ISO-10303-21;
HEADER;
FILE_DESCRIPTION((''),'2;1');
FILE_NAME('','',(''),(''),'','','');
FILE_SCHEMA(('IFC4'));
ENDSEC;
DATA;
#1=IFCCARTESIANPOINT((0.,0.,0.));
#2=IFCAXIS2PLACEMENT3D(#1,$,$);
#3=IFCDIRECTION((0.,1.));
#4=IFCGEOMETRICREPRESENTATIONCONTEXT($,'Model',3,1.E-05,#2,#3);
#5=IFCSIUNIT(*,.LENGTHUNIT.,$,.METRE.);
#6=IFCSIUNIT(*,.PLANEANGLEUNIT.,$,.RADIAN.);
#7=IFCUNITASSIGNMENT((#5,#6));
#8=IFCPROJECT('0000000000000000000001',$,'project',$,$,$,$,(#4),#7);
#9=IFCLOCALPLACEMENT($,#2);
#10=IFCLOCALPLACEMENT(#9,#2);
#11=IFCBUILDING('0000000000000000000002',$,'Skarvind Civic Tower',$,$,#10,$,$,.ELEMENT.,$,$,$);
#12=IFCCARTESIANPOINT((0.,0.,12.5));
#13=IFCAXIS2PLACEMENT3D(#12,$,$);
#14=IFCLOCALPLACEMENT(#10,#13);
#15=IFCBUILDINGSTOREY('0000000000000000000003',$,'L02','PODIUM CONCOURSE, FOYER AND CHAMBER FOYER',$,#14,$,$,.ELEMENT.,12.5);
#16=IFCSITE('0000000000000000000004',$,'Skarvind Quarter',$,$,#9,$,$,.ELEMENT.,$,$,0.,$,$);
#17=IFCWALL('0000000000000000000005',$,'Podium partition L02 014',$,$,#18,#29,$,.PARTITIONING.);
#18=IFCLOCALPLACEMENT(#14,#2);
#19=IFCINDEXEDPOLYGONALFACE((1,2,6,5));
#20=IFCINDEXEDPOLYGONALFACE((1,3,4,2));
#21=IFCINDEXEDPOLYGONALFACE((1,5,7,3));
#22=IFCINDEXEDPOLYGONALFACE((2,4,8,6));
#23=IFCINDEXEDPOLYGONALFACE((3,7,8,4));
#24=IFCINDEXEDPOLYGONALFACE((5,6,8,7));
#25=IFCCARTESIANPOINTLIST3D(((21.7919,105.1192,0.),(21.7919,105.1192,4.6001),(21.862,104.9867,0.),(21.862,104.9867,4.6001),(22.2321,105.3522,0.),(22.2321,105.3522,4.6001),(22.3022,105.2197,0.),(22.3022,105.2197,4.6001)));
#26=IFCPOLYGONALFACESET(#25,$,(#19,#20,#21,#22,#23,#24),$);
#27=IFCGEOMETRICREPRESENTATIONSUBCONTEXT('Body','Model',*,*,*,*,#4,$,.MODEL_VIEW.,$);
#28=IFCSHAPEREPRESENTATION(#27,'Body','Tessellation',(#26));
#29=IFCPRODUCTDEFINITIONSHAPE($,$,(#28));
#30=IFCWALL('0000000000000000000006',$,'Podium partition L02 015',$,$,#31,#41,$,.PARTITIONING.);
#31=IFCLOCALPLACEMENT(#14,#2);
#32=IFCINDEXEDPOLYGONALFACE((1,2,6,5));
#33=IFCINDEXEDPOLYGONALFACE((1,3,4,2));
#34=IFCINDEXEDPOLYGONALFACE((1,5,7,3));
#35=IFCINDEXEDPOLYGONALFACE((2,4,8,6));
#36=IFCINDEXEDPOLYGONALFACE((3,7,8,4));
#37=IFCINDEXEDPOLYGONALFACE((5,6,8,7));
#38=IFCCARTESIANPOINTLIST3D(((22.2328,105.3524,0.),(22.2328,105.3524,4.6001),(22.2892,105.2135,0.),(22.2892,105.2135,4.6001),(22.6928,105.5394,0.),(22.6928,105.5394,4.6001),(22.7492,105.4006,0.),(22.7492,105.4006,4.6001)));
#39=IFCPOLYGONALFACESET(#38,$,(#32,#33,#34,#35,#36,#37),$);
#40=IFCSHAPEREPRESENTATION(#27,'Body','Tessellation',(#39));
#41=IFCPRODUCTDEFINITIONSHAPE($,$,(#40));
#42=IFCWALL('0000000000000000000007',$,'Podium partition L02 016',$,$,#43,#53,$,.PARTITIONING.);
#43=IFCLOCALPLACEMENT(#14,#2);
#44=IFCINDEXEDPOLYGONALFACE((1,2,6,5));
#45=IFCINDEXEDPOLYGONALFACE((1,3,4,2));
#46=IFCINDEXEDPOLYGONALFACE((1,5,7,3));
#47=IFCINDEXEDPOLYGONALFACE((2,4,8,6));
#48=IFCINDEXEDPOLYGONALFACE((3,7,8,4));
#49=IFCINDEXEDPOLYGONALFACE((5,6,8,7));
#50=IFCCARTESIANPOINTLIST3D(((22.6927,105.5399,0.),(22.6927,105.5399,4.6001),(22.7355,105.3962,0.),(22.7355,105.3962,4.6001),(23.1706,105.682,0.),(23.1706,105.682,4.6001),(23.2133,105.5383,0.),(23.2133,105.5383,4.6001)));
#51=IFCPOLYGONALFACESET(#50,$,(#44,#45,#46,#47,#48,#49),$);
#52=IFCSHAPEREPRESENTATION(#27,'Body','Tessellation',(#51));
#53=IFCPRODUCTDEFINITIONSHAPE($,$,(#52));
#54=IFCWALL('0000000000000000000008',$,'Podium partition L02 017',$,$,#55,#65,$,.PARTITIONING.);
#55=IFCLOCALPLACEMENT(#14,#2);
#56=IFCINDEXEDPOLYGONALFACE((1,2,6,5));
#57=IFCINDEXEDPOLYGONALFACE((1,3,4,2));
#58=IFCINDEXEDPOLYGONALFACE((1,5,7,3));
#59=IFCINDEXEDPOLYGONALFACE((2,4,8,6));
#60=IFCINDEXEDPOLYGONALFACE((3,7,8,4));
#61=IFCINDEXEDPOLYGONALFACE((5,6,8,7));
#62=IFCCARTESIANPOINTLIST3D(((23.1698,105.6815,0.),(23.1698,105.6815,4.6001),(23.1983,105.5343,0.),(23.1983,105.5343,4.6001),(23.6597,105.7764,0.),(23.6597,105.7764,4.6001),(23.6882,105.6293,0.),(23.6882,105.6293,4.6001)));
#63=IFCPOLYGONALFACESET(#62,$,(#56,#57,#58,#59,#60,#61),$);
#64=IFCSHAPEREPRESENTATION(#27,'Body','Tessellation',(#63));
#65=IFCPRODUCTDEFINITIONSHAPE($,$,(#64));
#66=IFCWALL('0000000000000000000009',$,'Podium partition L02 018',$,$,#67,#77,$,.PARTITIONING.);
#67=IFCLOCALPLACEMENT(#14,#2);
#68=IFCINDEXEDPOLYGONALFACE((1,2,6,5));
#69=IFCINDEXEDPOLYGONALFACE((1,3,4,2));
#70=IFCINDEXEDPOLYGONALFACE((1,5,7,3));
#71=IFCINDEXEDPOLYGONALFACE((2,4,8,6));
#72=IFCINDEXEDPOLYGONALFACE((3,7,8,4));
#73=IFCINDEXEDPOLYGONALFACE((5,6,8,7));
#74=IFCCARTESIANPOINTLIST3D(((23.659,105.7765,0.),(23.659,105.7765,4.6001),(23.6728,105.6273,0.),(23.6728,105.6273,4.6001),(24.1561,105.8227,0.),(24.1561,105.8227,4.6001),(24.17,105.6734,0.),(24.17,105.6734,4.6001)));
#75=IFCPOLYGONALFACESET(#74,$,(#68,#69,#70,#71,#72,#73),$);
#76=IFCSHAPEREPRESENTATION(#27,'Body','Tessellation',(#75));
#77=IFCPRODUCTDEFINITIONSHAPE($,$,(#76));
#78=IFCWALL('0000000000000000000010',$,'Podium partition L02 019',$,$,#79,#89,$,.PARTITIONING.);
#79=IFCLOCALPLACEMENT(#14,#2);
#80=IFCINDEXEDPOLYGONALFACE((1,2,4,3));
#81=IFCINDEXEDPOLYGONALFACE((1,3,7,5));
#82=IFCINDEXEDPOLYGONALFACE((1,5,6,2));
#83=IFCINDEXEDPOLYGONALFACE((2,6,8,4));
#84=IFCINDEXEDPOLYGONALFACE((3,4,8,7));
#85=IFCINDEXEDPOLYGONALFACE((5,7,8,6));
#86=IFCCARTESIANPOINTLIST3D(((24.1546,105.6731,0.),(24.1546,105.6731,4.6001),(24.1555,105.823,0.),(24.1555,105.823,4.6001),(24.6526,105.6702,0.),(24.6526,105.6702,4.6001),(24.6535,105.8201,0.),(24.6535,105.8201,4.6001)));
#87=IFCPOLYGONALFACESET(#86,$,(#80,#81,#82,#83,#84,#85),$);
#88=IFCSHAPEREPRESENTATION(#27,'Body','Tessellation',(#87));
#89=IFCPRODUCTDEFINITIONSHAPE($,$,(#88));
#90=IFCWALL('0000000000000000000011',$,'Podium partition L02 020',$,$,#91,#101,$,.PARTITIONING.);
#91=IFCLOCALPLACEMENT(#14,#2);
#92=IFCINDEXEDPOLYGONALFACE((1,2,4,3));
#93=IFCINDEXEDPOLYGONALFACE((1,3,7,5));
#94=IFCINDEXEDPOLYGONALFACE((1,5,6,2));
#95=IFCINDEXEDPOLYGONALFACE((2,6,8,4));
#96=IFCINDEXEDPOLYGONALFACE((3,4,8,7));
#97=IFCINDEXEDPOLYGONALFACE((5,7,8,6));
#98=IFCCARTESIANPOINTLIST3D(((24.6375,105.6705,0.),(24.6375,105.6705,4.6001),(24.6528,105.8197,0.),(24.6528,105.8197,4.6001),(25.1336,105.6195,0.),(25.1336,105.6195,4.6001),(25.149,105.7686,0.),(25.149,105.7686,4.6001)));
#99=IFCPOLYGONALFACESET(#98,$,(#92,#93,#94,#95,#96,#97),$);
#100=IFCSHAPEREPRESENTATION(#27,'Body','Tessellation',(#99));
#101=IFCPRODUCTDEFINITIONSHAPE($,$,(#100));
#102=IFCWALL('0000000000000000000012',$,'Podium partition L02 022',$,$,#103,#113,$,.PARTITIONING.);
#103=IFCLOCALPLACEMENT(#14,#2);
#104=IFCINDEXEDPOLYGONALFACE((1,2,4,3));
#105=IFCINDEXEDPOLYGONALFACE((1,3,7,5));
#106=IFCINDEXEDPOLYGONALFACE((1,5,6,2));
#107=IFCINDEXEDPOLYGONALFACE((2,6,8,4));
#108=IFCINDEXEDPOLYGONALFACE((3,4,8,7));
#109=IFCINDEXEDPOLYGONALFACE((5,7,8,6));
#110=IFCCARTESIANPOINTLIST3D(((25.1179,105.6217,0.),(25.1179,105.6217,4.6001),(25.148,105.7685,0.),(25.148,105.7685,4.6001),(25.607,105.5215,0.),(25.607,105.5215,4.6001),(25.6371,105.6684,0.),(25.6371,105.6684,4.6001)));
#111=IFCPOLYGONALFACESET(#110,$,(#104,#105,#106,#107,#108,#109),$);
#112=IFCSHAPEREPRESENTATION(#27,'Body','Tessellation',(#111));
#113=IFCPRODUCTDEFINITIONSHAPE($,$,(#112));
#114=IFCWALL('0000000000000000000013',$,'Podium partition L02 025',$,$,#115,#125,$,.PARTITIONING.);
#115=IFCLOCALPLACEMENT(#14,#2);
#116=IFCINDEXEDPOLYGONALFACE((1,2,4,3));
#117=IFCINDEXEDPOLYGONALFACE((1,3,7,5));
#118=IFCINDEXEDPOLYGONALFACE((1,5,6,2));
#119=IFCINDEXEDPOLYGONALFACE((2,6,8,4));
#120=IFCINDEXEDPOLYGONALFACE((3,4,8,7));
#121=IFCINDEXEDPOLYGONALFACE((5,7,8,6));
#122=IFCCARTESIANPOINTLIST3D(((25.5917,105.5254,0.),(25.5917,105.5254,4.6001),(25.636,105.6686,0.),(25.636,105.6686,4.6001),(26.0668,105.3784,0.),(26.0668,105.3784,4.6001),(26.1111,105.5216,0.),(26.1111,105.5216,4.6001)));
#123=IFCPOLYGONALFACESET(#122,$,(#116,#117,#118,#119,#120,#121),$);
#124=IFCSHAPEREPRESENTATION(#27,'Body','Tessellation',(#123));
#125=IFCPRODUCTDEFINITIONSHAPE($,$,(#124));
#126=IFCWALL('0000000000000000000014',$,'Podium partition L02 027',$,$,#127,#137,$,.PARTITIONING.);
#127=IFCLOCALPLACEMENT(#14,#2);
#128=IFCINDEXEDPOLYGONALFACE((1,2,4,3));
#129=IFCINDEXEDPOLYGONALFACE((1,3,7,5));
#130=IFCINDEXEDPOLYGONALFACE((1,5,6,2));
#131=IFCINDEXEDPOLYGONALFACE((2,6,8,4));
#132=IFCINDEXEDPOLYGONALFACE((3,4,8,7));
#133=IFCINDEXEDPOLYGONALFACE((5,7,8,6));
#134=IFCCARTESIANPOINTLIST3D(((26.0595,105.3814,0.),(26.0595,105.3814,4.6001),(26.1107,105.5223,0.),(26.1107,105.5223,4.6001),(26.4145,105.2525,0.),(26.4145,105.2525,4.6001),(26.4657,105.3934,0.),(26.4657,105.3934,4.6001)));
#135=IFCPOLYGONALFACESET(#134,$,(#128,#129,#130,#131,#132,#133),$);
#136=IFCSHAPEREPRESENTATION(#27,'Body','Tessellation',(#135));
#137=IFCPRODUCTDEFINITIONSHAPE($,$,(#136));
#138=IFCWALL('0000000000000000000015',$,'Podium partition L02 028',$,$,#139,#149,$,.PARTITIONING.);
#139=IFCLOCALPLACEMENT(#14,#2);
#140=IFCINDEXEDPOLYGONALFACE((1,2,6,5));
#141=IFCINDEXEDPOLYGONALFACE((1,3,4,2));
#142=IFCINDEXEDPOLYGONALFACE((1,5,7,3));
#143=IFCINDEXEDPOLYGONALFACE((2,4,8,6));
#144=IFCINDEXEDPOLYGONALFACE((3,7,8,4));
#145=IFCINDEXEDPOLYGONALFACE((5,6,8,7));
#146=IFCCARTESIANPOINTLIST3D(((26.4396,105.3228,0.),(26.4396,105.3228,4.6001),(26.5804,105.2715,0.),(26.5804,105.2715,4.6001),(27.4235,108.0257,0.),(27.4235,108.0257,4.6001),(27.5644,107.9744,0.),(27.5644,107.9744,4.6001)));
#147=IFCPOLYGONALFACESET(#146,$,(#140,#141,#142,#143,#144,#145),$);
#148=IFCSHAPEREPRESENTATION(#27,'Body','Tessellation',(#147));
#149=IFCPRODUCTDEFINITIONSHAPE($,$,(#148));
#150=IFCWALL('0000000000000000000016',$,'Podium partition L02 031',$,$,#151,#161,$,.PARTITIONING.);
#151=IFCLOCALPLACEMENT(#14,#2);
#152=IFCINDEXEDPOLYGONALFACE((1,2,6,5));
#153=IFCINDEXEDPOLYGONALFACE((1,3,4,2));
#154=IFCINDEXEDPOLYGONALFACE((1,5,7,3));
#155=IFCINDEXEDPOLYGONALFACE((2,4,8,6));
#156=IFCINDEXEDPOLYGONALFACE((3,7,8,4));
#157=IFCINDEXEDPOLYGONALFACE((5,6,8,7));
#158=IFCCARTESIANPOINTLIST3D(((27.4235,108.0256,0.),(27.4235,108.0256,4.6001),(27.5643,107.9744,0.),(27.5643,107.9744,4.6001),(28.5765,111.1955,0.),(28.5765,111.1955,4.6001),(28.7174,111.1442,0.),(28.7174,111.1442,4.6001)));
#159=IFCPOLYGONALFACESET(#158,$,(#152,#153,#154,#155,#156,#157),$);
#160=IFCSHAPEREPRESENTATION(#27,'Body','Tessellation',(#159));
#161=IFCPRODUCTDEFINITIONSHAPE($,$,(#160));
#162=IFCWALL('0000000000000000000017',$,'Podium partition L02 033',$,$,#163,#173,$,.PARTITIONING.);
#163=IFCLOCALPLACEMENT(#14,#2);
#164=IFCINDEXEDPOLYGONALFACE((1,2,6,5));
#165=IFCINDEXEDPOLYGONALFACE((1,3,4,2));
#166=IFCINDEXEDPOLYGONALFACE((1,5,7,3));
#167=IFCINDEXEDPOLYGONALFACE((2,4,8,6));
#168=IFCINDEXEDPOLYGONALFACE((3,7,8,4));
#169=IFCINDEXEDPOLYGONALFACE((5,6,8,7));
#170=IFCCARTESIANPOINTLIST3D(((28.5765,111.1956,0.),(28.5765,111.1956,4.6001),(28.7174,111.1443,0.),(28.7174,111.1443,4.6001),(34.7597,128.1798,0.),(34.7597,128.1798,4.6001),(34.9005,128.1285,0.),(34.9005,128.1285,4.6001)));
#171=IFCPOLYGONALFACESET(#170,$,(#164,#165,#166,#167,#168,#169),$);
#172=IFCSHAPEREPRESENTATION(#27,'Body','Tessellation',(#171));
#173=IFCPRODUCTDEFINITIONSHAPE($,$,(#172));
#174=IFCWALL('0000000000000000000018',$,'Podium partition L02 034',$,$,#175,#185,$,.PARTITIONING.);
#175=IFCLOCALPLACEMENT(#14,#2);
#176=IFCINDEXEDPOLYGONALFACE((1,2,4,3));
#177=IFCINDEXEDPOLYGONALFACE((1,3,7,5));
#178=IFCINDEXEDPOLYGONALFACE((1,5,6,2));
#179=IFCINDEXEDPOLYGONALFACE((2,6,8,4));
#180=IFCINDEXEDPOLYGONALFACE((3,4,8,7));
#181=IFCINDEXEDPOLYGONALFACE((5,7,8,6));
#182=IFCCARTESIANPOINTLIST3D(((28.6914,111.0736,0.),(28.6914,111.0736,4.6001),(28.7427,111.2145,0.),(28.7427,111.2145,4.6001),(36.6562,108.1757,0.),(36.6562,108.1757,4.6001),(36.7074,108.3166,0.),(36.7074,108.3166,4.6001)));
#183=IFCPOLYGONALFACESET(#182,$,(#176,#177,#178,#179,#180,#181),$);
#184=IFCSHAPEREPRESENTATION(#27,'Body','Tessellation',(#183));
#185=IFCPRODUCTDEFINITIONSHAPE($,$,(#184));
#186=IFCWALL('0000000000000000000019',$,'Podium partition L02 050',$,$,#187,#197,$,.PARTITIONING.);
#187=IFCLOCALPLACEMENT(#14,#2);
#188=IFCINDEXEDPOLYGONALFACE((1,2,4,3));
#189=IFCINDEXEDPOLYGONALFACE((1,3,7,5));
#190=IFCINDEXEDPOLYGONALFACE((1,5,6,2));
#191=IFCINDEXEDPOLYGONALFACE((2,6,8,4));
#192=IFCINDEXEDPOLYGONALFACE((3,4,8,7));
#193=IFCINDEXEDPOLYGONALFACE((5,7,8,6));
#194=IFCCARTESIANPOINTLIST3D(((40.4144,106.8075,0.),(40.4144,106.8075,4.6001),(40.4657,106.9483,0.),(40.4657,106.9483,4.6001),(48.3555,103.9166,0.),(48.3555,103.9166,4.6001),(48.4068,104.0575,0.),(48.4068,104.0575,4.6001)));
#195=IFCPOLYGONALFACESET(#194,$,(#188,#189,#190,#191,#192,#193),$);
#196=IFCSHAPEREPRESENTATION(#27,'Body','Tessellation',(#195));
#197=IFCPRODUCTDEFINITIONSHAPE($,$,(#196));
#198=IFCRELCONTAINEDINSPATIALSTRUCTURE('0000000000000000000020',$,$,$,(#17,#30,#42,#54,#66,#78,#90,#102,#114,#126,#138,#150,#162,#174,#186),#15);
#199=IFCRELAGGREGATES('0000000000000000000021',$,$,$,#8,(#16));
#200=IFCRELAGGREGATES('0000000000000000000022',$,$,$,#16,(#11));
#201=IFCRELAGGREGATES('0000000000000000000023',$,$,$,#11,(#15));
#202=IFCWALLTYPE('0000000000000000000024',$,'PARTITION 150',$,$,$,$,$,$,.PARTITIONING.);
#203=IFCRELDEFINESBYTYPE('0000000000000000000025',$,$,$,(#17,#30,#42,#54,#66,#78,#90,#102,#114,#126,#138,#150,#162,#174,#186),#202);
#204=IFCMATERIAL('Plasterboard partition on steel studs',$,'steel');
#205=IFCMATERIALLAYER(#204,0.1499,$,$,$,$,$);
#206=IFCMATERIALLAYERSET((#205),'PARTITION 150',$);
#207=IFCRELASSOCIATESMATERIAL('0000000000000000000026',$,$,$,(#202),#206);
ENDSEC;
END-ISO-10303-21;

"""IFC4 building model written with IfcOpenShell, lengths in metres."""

from ifc_helpers import new_model, si_unit, direction, frame, frame_2d, origin, place, context, subcontext, project, spatial, rectangle, extrude, material, layer, layer_set, type_object, element, save


model = new_model("IFC4")

# Units and contexts
model_context = context("Model", 3, precision=1e-05, world=origin(), true_north=direction((0.0, 1.0)))
body_context = subcontext(model_context, "Body", "Model", "MODEL_VIEW")
ifc_project = project(units=[si_unit("LENGTHUNIT", "METRE"), si_unit("PLANEANGLEUNIT", "RADIAN")], contexts=[model_context])

# Site, building, storey
site_placement = place(None, origin())
site = spatial("IfcSite", under=ifc_project, at=site_placement, Name="Skarvind Quarter", CompositionType="ELEMENT", RefElevation=0.0)
building_placement = place(site_placement, origin())
building = spatial("IfcBuilding", under=site, at=building_placement, Name="Skarvind Civic Tower", CompositionType="ELEMENT")
storey_placement = place(building_placement, frame((0.0, 0.0, 12.5)))
storey = spatial("IfcBuildingStorey", under=building, at=storey_placement, Name="L02", Description="PODIUM CONCOURSE, FOYER AND CHAMBER FOYER", CompositionType="ELEMENT", Elevation=12.5)

# Walls
ifc_material_1 = material(Name="Plasterboard partition on steel studs", Category="steel")
ifc_layer_1 = layer(ifc_material_1, 0.1499)
ifc_layer_set_1 = layer_set([ifc_layer_1], Name="PARTITION 150")
wall_type_1 = type_object("IfcWallType", Name="PARTITION 150", PredefinedType="PARTITIONING", material=ifc_layer_set_1)
for number, where, z_axis, x_axis, name in (
    (1, (21.8269, 105.053, 0.0), (0.0, 0.0, 1.0), (0.883895, 0.467685, 0.0), "Podium partition L02 014"),
):
    element("IfcWall", number, at=place(storey_placement, frame(where, z_axis=z_axis, x_axis=x_axis)), inside=storey, type_object=wall_type_1, Name=name, PredefinedType="PARTITIONING", context=body_context, shape_type="SweptSolid", body=[
        extrude(rectangle(XDim=0.498, YDim=0.1499, at=frame_2d((0.249, 0.0))), origin(), (0.0, 0.0, 1.0), 4.6001),
    ])
wall_1_placement = place(storey_placement, frame((22.261, 105.283, 0.0), z_axis=(0.0, 0.0, 1.0), x_axis=(0.926359, 0.376641, 0.0)))
element("IfcWall", 2, at=wall_1_placement, inside=storey, type_object=wall_type_1, Name="Podium partition L02 015", PredefinedType="PARTITIONING", context=body_context, shape_type="SweptSolid", body=[
    extrude(rectangle(XDim=0.4966, YDim=0.1499, at=frame_2d((0.2483, 0.0))), origin(), (0.0, 0.0, 1.0), 4.6001),
])
wall_2_placement = place(storey_placement, frame((22.7141, 105.468, 0.0), z_axis=(0.0, 0.0, 1.0), x_axis=(0.958511, 0.285055, 0.0)))
element("IfcWall", 3, at=wall_2_placement, inside=storey, type_object=wall_type_1, Name="Podium partition L02 016", PredefinedType="PARTITIONING", context=body_context, shape_type="SweptSolid", body=[
    extrude(rectangle(XDim=0.4985, YDim=0.1499, at=frame_2d((0.2493, 0.0))), origin(), (0.0, 0.0, 1.0), 4.6001),
])
wall_3_placement = place(storey_placement, frame((23.1841, 105.6079, 0.0), z_axis=(0.0, 0.0, 1.0), x_axis=(0.98173, 0.19028, 0.0)))
element("IfcWall", 4, at=wall_3_placement, inside=storey, type_object=wall_type_1, Name="Podium partition L02 017", PredefinedType="PARTITIONING", context=body_context, shape_type="SweptSolid", body=[
    extrude(rectangle(XDim=0.499, YDim=0.1499, at=frame_2d((0.2495, 0.0))), origin(), (0.0, 0.0, 1.0), 4.6001),
])
wall_4_placement = place(storey_placement, frame((23.666, 105.7019, 0.0), z_axis=(0.0, 0.0, 1.0), x_axis=(0.995719, 0.092432, 0.0)))
element("IfcWall", 5, at=wall_4_placement, inside=storey, type_object=wall_type_1, Name="Podium partition L02 018", PredefinedType="PARTITIONING", context=body_context, shape_type="SweptSolid", body=[
    extrude(rectangle(XDim=0.4993, YDim=0.1499, at=frame_2d((0.2495, 0.0))), origin(), (0.0, 0.0, 1.0), 4.6001),
])
wall_5_placement = place(storey_placement, frame((24.155, 105.748, 0.0), z_axis=(0.0, 0.0, 1.0), x_axis=(0.999983, -0.005882, 0.0)))
element("IfcWall", 6, at=wall_5_placement, inside=storey, type_object=wall_type_1, Name="Podium partition L02 019", PredefinedType="PARTITIONING", context=body_context, shape_type="SweptSolid", body=[
    extrude(rectangle(XDim=0.498, YDim=0.1499, at=frame_2d((0.249, 0.0))), origin(), (0.0, 0.0, 1.0), 4.6001),
])
wall_6_placement = place(storey_placement, frame((24.645, 105.7451, 0.0), z_axis=(0.0, 0.0, 1.0), x_axis=(0.994752, -0.102315, 0.0)))
element("IfcWall", 7, at=wall_6_placement, inside=storey, type_object=wall_type_1, Name="Podium partition L02 020", PredefinedType="PARTITIONING", context=body_context, shape_type="SweptSolid", body=[
    extrude(rectangle(XDim=0.4988, YDim=0.1499, at=frame_2d((0.2495, 0.0))), origin(), (0.0, 0.0, 1.0), 4.6001),
])
wall_7_placement = place(storey_placement, frame((25.1331, 105.6951, 0.0), z_axis=(0.0, 0.0, 1.0), x_axis=(0.979687, -0.200535, 0.0)))
element("IfcWall", 8, at=wall_7_placement, inside=storey, type_object=wall_type_1, Name="Podium partition L02 022", PredefinedType="PARTITIONING", context=body_context, shape_type="SweptSolid", body=[
    extrude(rectangle(XDim=0.4993, YDim=0.1499, at=frame_2d((0.2495, 0.0))), origin(), (0.0, 0.0, 1.0), 4.6001),
])
wall_8_placement = place(storey_placement, frame((25.614, 105.5969, 0.0), z_axis=(0.0, 0.0, 1.0), x_axis=(0.955332, -0.295534, 0.0)))
element("IfcWall", 9, at=wall_8_placement, inside=storey, type_object=wall_type_1, Name="Podium partition L02 025", PredefinedType="PARTITIONING", context=body_context, shape_type="SweptSolid", body=[
    extrude(rectangle(XDim=0.4973, YDim=0.1499, at=frame_2d((0.2485, 0.0))), origin(), (0.0, 0.0, 1.0), 4.6001),
])
wall_9_placement = place(storey_placement, frame((26.085, 105.4519, 0.0), z_axis=(0.0, 0.0, 1.0), x_axis=(0.939944, -0.341328, 0.0)))
element("IfcWall", 10, at=wall_9_placement, inside=storey, type_object=wall_type_1, Name="Podium partition L02 027", PredefinedType="PARTITIONING", context=body_context, shape_type="SweptSolid", body=[
    extrude(rectangle(XDim=0.3777, YDim=0.1499, at=frame_2d((0.189, 0.0))), origin(), (0.0, 0.0, 1.0), 4.6001),
])
wall_10_placement = place(storey_placement, frame((26.51, 105.2971, 0.0), z_axis=(0.0, 0.0, 1.0), x_axis=(0.342057, 0.939679, 0.0)))
element("IfcWall", 11, at=wall_10_placement, inside=storey, type_object=wall_type_1, Name="Podium partition L02 028", PredefinedType="PARTITIONING", context=body_context, shape_type="SweptSolid", body=[
    extrude(rectangle(XDim=2.8765, YDim=0.1499, at=frame_2d((1.4382, 0.0))), origin(), (0.0, 0.0, 1.0), 4.6001),
])
wall_11_placement = place(storey_placement, frame((27.4939, 108.0, 0.0), z_axis=(0.0, 0.0, 1.0), x_axis=(0.341842, 0.939757, 0.0)))
element("IfcWall", 12, at=wall_11_placement, inside=storey, type_object=wall_type_1, Name="Podium partition L02 031", PredefinedType="PARTITIONING", context=body_context, shape_type="SweptSolid", body=[
    extrude(rectangle(XDim=3.373, YDim=0.1499, at=frame_2d((1.6865, 0.0))), origin(), (0.0, 0.0, 1.0), 4.6001),
])
wall_12_placement = place(storey_placement, frame((28.647, 111.1699, 0.0), z_axis=(0.0, 0.0, 1.0), x_axis=(0.342088, 0.939668, 0.0)))
element("IfcWall", 13, at=wall_12_placement, inside=storey, type_object=wall_type_1, Name="Podium partition L02 033", PredefinedType="PARTITIONING", context=body_context, shape_type="SweptSolid", body=[
    extrude(rectangle(XDim=18.0747, YDim=0.1499, at=frame_2d((9.0374, 0.0))), origin(), (0.0, 0.0, 1.0), 4.6001),
])
wall_13_placement = place(storey_placement, frame((28.717, 111.144, 0.0), z_axis=(0.0, 0.0, 1.0), x_axis=(0.939731, -0.341914, 0.0)))
element("IfcWall", 14, at=wall_13_placement, inside=storey, type_object=wall_type_1, Name="Podium partition L02 034", PredefinedType="PARTITIONING", context=body_context, shape_type="SweptSolid", body=[
    extrude(rectangle(XDim=8.4756, YDim=0.1499, at=frame_2d((4.2378, 0.0))), origin(), (0.0, 0.0, 1.0), 4.6001),
])
wall_14_placement = place(storey_placement, frame((40.4399, 106.8779, 0.0), z_axis=(0.0, 0.0, 1.0), x_axis=(0.939673, -0.342075, 0.0)))
element("IfcWall", 15, at=wall_14_placement, inside=storey, type_object=wall_type_1, Name="Podium partition L02 050", PredefinedType="PARTITIONING", context=body_context, shape_type="SweptSolid", body=[
    extrude(rectangle(XDim=8.4509, YDim=0.1499, at=frame_2d((4.2256, 0.0))), origin(), (0.0, 0.0, 1.0), 4.6001),
])

save(model, "model.ifc")
